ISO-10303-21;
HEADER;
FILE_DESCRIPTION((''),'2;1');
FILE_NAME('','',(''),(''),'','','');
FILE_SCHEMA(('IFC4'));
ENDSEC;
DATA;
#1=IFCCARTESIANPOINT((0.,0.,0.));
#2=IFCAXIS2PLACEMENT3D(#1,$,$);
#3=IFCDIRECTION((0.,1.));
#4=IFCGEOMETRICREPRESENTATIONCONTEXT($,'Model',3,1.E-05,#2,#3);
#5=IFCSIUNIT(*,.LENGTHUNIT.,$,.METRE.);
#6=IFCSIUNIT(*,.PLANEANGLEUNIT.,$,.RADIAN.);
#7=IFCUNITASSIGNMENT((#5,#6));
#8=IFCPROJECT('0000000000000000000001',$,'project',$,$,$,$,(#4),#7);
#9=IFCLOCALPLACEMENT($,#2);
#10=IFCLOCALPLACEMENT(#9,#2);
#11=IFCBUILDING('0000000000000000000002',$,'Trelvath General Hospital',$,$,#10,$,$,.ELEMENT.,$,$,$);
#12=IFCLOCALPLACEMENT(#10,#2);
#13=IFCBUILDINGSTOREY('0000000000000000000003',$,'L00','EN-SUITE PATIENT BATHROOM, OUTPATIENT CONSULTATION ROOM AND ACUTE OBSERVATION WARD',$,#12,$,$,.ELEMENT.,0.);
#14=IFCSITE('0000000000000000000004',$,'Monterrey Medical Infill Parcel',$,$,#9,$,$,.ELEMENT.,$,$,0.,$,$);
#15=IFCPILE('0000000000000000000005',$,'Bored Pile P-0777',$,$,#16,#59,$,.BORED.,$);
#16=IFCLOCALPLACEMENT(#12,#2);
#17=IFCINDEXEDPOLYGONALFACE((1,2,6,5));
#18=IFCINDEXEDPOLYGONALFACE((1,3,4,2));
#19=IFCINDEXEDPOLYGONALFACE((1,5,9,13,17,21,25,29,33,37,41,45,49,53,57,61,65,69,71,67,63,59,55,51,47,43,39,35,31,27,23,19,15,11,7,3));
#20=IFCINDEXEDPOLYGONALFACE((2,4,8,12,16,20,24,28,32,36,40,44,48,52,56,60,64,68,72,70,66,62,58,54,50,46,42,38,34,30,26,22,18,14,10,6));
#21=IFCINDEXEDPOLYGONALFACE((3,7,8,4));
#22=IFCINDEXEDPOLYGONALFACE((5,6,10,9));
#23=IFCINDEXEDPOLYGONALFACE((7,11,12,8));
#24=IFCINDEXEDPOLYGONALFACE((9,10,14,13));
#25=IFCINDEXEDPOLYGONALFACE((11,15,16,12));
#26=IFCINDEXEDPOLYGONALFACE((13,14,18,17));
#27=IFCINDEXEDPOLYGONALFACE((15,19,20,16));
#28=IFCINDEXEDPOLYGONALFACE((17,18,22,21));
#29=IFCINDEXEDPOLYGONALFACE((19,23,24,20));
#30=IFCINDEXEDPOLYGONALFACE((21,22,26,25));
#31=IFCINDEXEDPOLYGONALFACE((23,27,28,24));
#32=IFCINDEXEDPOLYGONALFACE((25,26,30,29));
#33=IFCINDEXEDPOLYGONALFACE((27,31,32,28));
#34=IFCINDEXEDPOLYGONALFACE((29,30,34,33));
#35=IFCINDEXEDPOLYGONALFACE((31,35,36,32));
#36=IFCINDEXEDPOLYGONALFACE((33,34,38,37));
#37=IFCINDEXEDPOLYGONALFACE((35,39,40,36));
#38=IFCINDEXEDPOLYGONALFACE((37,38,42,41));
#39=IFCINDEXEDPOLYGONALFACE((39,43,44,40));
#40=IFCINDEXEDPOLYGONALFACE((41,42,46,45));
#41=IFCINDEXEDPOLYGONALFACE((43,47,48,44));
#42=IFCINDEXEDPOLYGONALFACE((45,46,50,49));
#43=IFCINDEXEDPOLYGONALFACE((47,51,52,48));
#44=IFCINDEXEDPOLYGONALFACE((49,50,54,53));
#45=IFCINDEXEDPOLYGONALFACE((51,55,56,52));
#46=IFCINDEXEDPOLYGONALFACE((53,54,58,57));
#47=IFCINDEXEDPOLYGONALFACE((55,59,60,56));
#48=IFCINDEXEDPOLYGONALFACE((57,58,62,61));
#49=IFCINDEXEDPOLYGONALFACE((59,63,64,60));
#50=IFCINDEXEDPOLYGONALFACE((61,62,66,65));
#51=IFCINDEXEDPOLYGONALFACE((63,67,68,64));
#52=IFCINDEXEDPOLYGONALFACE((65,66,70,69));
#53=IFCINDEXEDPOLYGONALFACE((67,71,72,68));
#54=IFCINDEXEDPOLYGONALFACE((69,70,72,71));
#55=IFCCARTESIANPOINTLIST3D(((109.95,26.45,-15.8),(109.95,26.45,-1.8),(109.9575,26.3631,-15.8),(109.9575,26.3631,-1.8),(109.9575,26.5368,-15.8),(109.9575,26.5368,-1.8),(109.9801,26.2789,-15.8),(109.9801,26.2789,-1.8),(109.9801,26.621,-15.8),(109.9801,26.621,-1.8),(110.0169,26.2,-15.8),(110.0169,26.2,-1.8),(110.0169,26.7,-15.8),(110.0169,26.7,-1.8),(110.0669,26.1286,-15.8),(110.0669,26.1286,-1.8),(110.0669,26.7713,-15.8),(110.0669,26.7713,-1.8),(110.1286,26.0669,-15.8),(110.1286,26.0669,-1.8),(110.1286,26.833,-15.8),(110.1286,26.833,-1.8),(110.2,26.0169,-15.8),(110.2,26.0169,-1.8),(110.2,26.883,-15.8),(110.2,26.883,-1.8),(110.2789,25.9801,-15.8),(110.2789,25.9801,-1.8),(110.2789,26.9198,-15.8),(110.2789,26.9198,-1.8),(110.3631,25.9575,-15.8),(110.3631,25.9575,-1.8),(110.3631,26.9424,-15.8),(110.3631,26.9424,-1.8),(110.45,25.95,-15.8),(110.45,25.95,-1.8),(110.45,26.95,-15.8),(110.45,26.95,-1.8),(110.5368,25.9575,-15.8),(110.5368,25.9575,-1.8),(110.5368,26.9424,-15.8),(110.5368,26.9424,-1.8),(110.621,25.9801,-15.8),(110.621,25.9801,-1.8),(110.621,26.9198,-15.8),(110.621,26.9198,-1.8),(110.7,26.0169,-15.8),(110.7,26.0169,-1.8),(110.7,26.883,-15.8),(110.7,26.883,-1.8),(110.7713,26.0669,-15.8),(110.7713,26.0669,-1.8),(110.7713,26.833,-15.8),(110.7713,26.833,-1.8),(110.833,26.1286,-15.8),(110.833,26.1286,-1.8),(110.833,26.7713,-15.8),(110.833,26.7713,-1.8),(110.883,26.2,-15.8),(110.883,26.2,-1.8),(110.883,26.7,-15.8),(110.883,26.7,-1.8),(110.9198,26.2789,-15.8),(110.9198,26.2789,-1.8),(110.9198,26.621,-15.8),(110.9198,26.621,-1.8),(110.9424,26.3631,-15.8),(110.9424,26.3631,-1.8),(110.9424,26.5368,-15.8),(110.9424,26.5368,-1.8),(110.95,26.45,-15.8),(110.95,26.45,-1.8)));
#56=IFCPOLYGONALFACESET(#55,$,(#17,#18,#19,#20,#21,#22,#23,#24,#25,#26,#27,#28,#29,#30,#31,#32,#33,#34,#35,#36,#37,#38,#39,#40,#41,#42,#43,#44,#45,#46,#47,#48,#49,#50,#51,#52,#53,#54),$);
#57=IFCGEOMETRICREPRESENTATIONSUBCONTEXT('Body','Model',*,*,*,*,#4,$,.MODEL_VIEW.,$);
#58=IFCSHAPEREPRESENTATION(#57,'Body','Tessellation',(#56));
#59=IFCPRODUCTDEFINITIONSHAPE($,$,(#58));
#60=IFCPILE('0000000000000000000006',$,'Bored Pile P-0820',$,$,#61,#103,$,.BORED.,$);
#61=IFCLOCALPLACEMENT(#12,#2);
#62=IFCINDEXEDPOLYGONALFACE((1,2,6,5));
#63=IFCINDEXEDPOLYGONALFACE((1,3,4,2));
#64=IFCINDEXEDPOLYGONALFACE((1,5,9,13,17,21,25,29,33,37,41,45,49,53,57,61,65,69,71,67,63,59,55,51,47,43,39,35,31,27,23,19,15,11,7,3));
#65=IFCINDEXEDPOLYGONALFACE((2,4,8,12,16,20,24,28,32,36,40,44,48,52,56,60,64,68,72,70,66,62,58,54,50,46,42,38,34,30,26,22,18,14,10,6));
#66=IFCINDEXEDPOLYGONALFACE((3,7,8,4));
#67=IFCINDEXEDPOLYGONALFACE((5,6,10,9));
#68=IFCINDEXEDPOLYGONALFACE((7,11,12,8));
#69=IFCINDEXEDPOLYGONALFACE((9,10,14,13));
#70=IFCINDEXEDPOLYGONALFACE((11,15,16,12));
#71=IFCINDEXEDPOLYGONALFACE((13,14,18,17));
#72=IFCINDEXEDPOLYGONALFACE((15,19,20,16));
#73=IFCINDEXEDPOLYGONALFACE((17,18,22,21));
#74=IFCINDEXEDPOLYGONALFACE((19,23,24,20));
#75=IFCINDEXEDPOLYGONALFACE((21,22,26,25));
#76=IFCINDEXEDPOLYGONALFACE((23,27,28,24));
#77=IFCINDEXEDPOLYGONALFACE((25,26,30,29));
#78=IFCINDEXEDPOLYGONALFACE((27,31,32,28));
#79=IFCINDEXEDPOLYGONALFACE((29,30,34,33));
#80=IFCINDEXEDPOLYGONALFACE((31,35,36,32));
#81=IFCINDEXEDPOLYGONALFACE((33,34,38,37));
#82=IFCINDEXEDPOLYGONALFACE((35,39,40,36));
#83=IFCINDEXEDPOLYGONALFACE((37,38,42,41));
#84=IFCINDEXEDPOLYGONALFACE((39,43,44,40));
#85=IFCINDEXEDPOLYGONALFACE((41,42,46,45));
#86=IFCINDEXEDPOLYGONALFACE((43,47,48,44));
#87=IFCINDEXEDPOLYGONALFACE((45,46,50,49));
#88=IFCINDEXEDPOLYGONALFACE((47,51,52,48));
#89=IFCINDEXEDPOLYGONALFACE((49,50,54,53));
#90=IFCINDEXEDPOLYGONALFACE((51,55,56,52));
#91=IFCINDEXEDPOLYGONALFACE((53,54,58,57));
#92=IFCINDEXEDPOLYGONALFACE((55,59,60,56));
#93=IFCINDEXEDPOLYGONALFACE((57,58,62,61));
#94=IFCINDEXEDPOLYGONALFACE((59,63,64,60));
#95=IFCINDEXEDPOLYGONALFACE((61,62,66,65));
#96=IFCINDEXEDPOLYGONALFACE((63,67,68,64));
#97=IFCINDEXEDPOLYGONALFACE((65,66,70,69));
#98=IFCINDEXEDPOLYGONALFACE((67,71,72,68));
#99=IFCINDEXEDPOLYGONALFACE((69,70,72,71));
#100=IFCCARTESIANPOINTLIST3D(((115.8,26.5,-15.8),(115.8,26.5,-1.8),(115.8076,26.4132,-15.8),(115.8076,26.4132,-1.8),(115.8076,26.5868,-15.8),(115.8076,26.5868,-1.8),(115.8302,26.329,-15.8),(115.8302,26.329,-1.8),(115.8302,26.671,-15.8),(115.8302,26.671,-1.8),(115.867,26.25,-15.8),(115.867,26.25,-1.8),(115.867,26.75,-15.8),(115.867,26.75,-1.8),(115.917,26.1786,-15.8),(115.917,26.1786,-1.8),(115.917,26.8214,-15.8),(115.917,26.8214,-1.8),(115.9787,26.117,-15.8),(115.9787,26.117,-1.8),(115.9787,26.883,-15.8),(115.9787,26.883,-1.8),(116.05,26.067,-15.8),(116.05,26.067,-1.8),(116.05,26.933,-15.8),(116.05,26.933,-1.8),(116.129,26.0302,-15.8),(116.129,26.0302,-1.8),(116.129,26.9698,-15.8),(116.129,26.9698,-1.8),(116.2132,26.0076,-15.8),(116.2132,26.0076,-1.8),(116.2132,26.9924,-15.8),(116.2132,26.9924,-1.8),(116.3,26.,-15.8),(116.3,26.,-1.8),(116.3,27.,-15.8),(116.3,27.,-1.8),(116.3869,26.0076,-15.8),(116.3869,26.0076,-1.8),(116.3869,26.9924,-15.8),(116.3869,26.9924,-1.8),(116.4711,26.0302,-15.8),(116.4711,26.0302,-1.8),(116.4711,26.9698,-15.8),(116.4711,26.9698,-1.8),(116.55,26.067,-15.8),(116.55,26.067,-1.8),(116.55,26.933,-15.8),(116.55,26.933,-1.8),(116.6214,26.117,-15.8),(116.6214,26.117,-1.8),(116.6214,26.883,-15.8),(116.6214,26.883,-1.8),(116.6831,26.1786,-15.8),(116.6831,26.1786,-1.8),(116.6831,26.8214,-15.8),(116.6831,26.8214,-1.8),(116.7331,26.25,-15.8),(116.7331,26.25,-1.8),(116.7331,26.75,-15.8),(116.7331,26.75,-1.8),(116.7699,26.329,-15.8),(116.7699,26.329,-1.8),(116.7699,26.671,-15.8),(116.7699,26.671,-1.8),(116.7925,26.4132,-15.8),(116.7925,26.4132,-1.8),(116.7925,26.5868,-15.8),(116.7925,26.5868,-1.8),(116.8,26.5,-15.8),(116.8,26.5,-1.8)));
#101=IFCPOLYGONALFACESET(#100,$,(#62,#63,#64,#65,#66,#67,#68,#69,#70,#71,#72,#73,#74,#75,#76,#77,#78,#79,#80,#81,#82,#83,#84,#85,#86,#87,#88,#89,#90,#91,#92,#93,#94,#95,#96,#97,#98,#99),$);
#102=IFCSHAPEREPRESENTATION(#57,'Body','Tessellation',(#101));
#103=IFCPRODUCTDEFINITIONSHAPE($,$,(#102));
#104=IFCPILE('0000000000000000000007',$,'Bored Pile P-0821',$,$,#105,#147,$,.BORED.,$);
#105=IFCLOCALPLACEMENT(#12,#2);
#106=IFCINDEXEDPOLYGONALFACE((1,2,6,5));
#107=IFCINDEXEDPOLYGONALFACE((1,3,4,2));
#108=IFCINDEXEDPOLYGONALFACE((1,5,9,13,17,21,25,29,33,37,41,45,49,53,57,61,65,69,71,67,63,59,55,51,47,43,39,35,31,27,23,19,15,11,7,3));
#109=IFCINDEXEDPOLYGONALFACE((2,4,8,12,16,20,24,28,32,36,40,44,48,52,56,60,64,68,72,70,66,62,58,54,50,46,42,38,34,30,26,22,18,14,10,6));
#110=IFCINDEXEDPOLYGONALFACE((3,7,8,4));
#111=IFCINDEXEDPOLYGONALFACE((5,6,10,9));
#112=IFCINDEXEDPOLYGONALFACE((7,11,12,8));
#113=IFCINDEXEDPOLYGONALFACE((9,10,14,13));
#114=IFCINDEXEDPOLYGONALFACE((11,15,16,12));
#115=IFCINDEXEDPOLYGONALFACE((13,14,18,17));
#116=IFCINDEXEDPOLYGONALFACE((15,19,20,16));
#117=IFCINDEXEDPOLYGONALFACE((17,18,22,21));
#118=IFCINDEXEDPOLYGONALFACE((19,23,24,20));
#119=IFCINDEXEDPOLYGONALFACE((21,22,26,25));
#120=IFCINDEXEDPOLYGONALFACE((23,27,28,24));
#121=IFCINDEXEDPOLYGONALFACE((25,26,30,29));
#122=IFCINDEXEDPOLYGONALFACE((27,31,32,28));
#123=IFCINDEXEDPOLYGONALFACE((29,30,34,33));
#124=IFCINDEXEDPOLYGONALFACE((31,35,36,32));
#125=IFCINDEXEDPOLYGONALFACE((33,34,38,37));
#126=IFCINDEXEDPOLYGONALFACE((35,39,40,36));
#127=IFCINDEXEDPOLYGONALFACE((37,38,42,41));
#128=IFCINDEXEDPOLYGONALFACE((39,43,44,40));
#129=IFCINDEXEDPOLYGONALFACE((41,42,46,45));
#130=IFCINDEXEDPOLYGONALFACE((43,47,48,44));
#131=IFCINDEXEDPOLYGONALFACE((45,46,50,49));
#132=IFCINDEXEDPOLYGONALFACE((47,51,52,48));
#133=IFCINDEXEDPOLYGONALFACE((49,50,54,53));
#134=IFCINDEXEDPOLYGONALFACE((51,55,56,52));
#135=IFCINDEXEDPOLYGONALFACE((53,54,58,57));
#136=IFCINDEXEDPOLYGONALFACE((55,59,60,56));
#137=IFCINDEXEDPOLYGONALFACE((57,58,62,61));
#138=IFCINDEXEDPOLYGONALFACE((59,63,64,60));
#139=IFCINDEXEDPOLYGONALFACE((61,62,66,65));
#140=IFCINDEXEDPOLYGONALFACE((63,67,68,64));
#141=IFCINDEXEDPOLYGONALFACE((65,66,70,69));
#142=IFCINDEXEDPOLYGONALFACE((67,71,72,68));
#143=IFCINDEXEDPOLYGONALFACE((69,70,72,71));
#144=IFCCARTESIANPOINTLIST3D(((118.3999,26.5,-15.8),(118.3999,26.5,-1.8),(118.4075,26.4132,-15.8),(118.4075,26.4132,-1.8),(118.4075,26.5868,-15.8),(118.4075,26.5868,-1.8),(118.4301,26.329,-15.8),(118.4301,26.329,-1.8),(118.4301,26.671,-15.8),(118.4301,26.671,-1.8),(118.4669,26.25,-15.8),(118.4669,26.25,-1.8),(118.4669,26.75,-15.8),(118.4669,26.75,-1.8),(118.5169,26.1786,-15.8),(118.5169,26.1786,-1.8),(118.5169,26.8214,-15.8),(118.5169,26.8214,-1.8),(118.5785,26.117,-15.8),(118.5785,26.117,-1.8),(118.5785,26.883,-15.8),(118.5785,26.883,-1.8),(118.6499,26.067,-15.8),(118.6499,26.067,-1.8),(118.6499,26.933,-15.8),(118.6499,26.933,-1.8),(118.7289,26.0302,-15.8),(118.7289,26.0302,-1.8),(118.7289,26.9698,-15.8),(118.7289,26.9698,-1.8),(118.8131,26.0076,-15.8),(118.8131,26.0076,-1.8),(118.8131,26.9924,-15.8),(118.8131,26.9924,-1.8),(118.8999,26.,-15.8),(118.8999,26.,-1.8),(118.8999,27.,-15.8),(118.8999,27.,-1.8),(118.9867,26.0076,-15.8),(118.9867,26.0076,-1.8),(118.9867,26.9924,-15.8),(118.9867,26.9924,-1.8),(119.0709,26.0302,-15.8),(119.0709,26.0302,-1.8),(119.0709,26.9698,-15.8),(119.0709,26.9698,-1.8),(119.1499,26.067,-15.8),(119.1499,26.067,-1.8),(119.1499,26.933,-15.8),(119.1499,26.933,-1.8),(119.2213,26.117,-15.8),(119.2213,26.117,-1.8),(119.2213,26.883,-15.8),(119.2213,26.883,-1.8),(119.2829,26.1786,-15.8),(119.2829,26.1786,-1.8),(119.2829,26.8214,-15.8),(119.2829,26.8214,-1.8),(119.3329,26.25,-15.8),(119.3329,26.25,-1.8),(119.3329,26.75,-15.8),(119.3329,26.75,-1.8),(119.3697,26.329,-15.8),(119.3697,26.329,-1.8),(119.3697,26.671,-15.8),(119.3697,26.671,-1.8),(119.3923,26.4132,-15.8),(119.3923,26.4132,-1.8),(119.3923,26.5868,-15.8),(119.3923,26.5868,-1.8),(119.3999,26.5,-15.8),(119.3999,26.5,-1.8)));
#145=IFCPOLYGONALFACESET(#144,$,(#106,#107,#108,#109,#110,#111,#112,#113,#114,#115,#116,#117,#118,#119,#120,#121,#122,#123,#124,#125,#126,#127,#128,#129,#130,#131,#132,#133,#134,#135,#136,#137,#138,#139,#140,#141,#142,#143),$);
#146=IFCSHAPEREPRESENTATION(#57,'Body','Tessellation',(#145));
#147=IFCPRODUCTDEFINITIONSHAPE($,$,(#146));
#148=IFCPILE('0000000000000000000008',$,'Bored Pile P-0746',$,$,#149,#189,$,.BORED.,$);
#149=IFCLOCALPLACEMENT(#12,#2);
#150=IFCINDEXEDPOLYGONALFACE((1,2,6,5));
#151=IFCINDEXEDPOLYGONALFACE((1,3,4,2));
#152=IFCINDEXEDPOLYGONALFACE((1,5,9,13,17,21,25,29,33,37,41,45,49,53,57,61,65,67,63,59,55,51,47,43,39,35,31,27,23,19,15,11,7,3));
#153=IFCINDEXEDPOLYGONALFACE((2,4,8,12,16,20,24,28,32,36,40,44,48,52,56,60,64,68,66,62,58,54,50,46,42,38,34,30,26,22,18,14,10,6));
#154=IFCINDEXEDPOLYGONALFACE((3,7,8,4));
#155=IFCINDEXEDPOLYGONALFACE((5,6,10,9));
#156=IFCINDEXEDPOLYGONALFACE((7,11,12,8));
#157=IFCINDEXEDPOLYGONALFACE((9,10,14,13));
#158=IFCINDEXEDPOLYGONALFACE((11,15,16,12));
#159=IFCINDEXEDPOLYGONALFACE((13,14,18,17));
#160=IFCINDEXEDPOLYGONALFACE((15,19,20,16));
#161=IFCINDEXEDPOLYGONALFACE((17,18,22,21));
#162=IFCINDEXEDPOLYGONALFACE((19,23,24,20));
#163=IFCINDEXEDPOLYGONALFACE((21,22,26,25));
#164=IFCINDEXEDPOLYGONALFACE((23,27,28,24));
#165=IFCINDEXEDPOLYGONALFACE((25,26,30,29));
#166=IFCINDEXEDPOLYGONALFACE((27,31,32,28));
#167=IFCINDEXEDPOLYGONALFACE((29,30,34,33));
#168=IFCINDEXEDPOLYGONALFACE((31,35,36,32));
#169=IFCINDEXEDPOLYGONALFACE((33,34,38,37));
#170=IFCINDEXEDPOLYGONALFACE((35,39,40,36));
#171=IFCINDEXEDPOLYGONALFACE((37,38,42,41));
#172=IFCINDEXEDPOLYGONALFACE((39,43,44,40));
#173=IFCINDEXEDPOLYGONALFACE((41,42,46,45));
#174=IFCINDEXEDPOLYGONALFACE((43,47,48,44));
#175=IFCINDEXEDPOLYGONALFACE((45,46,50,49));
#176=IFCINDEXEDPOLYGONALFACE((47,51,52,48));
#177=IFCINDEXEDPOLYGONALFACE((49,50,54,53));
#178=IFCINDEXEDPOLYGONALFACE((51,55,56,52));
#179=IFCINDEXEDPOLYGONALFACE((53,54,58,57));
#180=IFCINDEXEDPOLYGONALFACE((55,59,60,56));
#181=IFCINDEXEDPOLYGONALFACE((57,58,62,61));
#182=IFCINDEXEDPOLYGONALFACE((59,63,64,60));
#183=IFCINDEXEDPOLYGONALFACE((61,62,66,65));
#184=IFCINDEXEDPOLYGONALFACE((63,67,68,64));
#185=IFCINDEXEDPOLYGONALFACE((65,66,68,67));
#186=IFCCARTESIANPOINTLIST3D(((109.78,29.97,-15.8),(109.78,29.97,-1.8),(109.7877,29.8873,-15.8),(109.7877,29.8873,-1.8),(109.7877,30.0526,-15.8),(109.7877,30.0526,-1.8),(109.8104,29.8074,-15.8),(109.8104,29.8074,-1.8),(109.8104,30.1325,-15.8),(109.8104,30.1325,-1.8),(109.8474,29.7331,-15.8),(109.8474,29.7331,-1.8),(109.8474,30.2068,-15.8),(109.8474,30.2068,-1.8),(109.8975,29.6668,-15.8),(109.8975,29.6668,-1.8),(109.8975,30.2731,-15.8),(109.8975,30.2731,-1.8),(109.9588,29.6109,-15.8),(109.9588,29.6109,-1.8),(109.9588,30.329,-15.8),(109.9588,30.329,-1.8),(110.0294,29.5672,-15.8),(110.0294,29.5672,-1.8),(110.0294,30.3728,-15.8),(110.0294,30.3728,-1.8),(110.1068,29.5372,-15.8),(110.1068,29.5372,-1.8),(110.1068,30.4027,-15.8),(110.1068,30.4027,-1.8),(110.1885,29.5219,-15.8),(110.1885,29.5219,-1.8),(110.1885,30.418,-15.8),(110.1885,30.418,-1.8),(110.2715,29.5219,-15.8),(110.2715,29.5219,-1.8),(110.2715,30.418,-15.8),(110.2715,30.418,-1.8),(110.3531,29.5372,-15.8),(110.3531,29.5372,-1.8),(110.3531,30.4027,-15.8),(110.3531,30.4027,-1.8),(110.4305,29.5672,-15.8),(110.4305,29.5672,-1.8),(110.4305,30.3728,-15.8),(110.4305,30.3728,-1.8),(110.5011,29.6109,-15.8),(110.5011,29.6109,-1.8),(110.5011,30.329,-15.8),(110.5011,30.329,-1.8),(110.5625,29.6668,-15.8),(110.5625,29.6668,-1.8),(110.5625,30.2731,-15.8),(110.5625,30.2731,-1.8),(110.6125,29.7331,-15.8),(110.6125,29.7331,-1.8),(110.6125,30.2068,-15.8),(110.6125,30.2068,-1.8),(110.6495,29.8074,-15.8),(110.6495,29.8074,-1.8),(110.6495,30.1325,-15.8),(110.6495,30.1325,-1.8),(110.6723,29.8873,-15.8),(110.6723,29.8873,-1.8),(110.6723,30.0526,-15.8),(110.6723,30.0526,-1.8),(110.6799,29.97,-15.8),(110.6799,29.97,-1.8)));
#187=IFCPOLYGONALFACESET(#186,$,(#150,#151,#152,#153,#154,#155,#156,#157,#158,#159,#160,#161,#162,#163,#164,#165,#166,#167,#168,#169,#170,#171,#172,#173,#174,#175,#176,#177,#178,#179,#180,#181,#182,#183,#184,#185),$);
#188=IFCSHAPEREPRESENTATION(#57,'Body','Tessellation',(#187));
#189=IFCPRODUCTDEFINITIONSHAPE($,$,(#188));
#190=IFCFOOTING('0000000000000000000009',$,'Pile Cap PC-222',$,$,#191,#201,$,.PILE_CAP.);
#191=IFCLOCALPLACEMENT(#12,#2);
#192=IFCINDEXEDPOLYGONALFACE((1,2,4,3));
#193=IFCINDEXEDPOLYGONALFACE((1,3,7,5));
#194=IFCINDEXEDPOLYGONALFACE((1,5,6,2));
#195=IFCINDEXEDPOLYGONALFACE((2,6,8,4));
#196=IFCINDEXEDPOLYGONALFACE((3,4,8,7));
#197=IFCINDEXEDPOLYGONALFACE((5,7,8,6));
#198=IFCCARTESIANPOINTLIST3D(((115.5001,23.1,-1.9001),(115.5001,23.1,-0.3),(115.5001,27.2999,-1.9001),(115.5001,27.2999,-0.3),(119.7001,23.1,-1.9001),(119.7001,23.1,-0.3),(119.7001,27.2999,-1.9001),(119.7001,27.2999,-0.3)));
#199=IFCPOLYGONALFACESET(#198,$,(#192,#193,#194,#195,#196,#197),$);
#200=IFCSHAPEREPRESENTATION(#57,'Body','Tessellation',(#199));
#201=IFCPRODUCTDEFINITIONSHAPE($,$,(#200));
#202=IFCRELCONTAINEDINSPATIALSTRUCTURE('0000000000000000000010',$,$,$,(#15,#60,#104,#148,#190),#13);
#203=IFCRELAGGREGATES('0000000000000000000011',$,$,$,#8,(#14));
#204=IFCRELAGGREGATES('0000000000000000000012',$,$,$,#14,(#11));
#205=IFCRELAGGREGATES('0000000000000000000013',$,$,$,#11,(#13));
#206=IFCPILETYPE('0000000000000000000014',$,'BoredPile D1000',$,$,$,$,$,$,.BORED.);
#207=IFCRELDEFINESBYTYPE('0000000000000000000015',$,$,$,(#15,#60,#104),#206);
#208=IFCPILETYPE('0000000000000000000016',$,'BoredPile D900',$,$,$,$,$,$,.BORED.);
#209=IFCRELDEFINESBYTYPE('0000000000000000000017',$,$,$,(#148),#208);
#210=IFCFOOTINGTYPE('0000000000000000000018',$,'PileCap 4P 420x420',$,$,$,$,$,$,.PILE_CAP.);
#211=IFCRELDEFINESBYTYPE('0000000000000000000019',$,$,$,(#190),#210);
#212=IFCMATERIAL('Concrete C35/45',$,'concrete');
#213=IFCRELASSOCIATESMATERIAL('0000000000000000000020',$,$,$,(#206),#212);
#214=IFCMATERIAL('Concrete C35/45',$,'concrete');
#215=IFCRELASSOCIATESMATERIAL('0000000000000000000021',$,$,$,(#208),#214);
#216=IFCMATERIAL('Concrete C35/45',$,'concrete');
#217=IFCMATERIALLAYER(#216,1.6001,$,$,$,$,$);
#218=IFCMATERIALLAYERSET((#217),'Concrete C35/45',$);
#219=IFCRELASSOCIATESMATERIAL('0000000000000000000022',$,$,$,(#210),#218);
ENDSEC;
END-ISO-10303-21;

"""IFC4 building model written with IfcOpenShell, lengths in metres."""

from ifc_helpers import new_model, si_unit, direction, frame, origin, origin_2d, place, context, subcontext, project, spatial, rectangle, circle, extrude, material, layer, layer_set, material_profile, profile_set, type_object, element, save


model = new_model("IFC4")

# Units and contexts
model_context = context("Model", 3, precision=1e-05, world=origin(), true_north=direction((0.0, 1.0)))
body_context = subcontext(model_context, "Body", "Model", "MODEL_VIEW")
ifc_project = project(units=[si_unit("LENGTHUNIT", "METRE"), si_unit("PLANEANGLEUNIT", "RADIAN")], contexts=[model_context])

# Site, building, storey
site_placement = place(None, origin())
site = spatial("IfcSite", under=ifc_project, at=site_placement, Name="Monterrey Medical Infill Parcel", CompositionType="ELEMENT", RefElevation=0.0)
building_placement = place(site_placement, origin())
building = spatial("IfcBuilding", under=site, at=building_placement, Name="Trelvath General Hospital", CompositionType="ELEMENT")
storey_placement = place(building_placement, origin())
storey = spatial("IfcBuildingStorey", under=building, at=storey_placement, Name="L00", Description="EN-SUITE PATIENT BATHROOM, OUTPATIENT CONSULTATION ROOM AND ACUTE OBSERVATION WARD", CompositionType="ELEMENT", Elevation=0.0)

# Piles
ifc_material_1 = material(Name="Concrete C35/45", Category="concrete")
ifc_material_profile_1 = material_profile(ifc_material_1, circle(Radius=0.5, at=origin_2d()), Name="PILE1000")
ifc_profile_set_1 = profile_set([ifc_material_profile_1], Name="Concrete C35/45")
pile_type_1 = type_object("IfcPileType", Name="BoredPile D1000", PredefinedType="BORED", material=ifc_profile_set_1)
for number, where, z_axis, x_axis, name in (
    (1, (110.45, 26.45, -1.8), (0.0, 0.0, -1.0), (1.0, 0.0, 0.0), "Bored Pile P-0777"),
    (2, (116.3, 26.5, -1.8), (0.0, 0.0, -1.0), (1.0, 0.0, 0.0), "Bored Pile P-0820"),
    (3, (118.8999, 26.5, -1.8), (0.0, 0.0, -1.0), (1.0, 0.0, 0.0), "Bored Pile P-0821"),
):
    element("IfcPile", number, at=place(storey_placement, frame(where, z_axis=z_axis, x_axis=x_axis)), inside=storey, type_object=pile_type_1, Name=name, PredefinedType="BORED", context=body_context, shape_type="SweptSolid", body=[
        extrude(circle(Radius=0.5, at=origin_2d()), origin(), (0.0, 0.0, 1.0), 14.0),
    ])
ifc_material_2 = material(Name="Concrete C35/45", Category="concrete")
ifc_material_profile_2 = material_profile(ifc_material_2, circle(Radius=0.45, at=origin_2d()), Name="PILE900")
ifc_profile_set_2 = profile_set([ifc_material_profile_2], Name="Concrete C35/45")
pile_type_2 = type_object("IfcPileType", Name="BoredPile D900", PredefinedType="BORED", material=ifc_profile_set_2)
pile_placement = place(storey_placement, frame((110.23, 29.97, -1.8), z_axis=(0.0, 0.0, -1.0), x_axis=(1.0, 0.0, 0.0)))
element("IfcPile", 4, at=pile_placement, inside=storey, type_object=pile_type_2, Name="Bored Pile P-0746", PredefinedType="BORED", context=body_context, shape_type="SweptSolid", body=[
    extrude(circle(Radius=0.45, at=origin_2d()), origin(), (0.0, 0.0, 1.0), 14.0),
])

# Footing
ifc_material_3 = material(Name="Concrete C35/45", Category="concrete")
ifc_layer_1 = layer(ifc_material_3, 1.6001)
ifc_layer_set_1 = layer_set([ifc_layer_1], Name="Concrete C35/45")
footing_type_1 = type_object("IfcFootingType", Name="PileCap 4P 420x420", PredefinedType="PILE_CAP", material=ifc_layer_set_1)
footing_1_placement = place(storey_placement, frame((117.6001, 25.2, -1.9001), z_axis=(0.0, 0.0, 1.0), x_axis=(1.0, 0.0, 0.0)))
element("IfcFooting", 5, at=footing_1_placement, inside=storey, type_object=footing_type_1, Name="Pile Cap PC-222", PredefinedType="PILE_CAP", context=body_context, shape_type="SweptSolid", body=[
    extrude(rectangle(XDim=4.2, YDim=4.2, at=origin_2d()), origin(), (0.0, 0.0, 1.0), 1.6001),
])

save(model, "model.ifc")
